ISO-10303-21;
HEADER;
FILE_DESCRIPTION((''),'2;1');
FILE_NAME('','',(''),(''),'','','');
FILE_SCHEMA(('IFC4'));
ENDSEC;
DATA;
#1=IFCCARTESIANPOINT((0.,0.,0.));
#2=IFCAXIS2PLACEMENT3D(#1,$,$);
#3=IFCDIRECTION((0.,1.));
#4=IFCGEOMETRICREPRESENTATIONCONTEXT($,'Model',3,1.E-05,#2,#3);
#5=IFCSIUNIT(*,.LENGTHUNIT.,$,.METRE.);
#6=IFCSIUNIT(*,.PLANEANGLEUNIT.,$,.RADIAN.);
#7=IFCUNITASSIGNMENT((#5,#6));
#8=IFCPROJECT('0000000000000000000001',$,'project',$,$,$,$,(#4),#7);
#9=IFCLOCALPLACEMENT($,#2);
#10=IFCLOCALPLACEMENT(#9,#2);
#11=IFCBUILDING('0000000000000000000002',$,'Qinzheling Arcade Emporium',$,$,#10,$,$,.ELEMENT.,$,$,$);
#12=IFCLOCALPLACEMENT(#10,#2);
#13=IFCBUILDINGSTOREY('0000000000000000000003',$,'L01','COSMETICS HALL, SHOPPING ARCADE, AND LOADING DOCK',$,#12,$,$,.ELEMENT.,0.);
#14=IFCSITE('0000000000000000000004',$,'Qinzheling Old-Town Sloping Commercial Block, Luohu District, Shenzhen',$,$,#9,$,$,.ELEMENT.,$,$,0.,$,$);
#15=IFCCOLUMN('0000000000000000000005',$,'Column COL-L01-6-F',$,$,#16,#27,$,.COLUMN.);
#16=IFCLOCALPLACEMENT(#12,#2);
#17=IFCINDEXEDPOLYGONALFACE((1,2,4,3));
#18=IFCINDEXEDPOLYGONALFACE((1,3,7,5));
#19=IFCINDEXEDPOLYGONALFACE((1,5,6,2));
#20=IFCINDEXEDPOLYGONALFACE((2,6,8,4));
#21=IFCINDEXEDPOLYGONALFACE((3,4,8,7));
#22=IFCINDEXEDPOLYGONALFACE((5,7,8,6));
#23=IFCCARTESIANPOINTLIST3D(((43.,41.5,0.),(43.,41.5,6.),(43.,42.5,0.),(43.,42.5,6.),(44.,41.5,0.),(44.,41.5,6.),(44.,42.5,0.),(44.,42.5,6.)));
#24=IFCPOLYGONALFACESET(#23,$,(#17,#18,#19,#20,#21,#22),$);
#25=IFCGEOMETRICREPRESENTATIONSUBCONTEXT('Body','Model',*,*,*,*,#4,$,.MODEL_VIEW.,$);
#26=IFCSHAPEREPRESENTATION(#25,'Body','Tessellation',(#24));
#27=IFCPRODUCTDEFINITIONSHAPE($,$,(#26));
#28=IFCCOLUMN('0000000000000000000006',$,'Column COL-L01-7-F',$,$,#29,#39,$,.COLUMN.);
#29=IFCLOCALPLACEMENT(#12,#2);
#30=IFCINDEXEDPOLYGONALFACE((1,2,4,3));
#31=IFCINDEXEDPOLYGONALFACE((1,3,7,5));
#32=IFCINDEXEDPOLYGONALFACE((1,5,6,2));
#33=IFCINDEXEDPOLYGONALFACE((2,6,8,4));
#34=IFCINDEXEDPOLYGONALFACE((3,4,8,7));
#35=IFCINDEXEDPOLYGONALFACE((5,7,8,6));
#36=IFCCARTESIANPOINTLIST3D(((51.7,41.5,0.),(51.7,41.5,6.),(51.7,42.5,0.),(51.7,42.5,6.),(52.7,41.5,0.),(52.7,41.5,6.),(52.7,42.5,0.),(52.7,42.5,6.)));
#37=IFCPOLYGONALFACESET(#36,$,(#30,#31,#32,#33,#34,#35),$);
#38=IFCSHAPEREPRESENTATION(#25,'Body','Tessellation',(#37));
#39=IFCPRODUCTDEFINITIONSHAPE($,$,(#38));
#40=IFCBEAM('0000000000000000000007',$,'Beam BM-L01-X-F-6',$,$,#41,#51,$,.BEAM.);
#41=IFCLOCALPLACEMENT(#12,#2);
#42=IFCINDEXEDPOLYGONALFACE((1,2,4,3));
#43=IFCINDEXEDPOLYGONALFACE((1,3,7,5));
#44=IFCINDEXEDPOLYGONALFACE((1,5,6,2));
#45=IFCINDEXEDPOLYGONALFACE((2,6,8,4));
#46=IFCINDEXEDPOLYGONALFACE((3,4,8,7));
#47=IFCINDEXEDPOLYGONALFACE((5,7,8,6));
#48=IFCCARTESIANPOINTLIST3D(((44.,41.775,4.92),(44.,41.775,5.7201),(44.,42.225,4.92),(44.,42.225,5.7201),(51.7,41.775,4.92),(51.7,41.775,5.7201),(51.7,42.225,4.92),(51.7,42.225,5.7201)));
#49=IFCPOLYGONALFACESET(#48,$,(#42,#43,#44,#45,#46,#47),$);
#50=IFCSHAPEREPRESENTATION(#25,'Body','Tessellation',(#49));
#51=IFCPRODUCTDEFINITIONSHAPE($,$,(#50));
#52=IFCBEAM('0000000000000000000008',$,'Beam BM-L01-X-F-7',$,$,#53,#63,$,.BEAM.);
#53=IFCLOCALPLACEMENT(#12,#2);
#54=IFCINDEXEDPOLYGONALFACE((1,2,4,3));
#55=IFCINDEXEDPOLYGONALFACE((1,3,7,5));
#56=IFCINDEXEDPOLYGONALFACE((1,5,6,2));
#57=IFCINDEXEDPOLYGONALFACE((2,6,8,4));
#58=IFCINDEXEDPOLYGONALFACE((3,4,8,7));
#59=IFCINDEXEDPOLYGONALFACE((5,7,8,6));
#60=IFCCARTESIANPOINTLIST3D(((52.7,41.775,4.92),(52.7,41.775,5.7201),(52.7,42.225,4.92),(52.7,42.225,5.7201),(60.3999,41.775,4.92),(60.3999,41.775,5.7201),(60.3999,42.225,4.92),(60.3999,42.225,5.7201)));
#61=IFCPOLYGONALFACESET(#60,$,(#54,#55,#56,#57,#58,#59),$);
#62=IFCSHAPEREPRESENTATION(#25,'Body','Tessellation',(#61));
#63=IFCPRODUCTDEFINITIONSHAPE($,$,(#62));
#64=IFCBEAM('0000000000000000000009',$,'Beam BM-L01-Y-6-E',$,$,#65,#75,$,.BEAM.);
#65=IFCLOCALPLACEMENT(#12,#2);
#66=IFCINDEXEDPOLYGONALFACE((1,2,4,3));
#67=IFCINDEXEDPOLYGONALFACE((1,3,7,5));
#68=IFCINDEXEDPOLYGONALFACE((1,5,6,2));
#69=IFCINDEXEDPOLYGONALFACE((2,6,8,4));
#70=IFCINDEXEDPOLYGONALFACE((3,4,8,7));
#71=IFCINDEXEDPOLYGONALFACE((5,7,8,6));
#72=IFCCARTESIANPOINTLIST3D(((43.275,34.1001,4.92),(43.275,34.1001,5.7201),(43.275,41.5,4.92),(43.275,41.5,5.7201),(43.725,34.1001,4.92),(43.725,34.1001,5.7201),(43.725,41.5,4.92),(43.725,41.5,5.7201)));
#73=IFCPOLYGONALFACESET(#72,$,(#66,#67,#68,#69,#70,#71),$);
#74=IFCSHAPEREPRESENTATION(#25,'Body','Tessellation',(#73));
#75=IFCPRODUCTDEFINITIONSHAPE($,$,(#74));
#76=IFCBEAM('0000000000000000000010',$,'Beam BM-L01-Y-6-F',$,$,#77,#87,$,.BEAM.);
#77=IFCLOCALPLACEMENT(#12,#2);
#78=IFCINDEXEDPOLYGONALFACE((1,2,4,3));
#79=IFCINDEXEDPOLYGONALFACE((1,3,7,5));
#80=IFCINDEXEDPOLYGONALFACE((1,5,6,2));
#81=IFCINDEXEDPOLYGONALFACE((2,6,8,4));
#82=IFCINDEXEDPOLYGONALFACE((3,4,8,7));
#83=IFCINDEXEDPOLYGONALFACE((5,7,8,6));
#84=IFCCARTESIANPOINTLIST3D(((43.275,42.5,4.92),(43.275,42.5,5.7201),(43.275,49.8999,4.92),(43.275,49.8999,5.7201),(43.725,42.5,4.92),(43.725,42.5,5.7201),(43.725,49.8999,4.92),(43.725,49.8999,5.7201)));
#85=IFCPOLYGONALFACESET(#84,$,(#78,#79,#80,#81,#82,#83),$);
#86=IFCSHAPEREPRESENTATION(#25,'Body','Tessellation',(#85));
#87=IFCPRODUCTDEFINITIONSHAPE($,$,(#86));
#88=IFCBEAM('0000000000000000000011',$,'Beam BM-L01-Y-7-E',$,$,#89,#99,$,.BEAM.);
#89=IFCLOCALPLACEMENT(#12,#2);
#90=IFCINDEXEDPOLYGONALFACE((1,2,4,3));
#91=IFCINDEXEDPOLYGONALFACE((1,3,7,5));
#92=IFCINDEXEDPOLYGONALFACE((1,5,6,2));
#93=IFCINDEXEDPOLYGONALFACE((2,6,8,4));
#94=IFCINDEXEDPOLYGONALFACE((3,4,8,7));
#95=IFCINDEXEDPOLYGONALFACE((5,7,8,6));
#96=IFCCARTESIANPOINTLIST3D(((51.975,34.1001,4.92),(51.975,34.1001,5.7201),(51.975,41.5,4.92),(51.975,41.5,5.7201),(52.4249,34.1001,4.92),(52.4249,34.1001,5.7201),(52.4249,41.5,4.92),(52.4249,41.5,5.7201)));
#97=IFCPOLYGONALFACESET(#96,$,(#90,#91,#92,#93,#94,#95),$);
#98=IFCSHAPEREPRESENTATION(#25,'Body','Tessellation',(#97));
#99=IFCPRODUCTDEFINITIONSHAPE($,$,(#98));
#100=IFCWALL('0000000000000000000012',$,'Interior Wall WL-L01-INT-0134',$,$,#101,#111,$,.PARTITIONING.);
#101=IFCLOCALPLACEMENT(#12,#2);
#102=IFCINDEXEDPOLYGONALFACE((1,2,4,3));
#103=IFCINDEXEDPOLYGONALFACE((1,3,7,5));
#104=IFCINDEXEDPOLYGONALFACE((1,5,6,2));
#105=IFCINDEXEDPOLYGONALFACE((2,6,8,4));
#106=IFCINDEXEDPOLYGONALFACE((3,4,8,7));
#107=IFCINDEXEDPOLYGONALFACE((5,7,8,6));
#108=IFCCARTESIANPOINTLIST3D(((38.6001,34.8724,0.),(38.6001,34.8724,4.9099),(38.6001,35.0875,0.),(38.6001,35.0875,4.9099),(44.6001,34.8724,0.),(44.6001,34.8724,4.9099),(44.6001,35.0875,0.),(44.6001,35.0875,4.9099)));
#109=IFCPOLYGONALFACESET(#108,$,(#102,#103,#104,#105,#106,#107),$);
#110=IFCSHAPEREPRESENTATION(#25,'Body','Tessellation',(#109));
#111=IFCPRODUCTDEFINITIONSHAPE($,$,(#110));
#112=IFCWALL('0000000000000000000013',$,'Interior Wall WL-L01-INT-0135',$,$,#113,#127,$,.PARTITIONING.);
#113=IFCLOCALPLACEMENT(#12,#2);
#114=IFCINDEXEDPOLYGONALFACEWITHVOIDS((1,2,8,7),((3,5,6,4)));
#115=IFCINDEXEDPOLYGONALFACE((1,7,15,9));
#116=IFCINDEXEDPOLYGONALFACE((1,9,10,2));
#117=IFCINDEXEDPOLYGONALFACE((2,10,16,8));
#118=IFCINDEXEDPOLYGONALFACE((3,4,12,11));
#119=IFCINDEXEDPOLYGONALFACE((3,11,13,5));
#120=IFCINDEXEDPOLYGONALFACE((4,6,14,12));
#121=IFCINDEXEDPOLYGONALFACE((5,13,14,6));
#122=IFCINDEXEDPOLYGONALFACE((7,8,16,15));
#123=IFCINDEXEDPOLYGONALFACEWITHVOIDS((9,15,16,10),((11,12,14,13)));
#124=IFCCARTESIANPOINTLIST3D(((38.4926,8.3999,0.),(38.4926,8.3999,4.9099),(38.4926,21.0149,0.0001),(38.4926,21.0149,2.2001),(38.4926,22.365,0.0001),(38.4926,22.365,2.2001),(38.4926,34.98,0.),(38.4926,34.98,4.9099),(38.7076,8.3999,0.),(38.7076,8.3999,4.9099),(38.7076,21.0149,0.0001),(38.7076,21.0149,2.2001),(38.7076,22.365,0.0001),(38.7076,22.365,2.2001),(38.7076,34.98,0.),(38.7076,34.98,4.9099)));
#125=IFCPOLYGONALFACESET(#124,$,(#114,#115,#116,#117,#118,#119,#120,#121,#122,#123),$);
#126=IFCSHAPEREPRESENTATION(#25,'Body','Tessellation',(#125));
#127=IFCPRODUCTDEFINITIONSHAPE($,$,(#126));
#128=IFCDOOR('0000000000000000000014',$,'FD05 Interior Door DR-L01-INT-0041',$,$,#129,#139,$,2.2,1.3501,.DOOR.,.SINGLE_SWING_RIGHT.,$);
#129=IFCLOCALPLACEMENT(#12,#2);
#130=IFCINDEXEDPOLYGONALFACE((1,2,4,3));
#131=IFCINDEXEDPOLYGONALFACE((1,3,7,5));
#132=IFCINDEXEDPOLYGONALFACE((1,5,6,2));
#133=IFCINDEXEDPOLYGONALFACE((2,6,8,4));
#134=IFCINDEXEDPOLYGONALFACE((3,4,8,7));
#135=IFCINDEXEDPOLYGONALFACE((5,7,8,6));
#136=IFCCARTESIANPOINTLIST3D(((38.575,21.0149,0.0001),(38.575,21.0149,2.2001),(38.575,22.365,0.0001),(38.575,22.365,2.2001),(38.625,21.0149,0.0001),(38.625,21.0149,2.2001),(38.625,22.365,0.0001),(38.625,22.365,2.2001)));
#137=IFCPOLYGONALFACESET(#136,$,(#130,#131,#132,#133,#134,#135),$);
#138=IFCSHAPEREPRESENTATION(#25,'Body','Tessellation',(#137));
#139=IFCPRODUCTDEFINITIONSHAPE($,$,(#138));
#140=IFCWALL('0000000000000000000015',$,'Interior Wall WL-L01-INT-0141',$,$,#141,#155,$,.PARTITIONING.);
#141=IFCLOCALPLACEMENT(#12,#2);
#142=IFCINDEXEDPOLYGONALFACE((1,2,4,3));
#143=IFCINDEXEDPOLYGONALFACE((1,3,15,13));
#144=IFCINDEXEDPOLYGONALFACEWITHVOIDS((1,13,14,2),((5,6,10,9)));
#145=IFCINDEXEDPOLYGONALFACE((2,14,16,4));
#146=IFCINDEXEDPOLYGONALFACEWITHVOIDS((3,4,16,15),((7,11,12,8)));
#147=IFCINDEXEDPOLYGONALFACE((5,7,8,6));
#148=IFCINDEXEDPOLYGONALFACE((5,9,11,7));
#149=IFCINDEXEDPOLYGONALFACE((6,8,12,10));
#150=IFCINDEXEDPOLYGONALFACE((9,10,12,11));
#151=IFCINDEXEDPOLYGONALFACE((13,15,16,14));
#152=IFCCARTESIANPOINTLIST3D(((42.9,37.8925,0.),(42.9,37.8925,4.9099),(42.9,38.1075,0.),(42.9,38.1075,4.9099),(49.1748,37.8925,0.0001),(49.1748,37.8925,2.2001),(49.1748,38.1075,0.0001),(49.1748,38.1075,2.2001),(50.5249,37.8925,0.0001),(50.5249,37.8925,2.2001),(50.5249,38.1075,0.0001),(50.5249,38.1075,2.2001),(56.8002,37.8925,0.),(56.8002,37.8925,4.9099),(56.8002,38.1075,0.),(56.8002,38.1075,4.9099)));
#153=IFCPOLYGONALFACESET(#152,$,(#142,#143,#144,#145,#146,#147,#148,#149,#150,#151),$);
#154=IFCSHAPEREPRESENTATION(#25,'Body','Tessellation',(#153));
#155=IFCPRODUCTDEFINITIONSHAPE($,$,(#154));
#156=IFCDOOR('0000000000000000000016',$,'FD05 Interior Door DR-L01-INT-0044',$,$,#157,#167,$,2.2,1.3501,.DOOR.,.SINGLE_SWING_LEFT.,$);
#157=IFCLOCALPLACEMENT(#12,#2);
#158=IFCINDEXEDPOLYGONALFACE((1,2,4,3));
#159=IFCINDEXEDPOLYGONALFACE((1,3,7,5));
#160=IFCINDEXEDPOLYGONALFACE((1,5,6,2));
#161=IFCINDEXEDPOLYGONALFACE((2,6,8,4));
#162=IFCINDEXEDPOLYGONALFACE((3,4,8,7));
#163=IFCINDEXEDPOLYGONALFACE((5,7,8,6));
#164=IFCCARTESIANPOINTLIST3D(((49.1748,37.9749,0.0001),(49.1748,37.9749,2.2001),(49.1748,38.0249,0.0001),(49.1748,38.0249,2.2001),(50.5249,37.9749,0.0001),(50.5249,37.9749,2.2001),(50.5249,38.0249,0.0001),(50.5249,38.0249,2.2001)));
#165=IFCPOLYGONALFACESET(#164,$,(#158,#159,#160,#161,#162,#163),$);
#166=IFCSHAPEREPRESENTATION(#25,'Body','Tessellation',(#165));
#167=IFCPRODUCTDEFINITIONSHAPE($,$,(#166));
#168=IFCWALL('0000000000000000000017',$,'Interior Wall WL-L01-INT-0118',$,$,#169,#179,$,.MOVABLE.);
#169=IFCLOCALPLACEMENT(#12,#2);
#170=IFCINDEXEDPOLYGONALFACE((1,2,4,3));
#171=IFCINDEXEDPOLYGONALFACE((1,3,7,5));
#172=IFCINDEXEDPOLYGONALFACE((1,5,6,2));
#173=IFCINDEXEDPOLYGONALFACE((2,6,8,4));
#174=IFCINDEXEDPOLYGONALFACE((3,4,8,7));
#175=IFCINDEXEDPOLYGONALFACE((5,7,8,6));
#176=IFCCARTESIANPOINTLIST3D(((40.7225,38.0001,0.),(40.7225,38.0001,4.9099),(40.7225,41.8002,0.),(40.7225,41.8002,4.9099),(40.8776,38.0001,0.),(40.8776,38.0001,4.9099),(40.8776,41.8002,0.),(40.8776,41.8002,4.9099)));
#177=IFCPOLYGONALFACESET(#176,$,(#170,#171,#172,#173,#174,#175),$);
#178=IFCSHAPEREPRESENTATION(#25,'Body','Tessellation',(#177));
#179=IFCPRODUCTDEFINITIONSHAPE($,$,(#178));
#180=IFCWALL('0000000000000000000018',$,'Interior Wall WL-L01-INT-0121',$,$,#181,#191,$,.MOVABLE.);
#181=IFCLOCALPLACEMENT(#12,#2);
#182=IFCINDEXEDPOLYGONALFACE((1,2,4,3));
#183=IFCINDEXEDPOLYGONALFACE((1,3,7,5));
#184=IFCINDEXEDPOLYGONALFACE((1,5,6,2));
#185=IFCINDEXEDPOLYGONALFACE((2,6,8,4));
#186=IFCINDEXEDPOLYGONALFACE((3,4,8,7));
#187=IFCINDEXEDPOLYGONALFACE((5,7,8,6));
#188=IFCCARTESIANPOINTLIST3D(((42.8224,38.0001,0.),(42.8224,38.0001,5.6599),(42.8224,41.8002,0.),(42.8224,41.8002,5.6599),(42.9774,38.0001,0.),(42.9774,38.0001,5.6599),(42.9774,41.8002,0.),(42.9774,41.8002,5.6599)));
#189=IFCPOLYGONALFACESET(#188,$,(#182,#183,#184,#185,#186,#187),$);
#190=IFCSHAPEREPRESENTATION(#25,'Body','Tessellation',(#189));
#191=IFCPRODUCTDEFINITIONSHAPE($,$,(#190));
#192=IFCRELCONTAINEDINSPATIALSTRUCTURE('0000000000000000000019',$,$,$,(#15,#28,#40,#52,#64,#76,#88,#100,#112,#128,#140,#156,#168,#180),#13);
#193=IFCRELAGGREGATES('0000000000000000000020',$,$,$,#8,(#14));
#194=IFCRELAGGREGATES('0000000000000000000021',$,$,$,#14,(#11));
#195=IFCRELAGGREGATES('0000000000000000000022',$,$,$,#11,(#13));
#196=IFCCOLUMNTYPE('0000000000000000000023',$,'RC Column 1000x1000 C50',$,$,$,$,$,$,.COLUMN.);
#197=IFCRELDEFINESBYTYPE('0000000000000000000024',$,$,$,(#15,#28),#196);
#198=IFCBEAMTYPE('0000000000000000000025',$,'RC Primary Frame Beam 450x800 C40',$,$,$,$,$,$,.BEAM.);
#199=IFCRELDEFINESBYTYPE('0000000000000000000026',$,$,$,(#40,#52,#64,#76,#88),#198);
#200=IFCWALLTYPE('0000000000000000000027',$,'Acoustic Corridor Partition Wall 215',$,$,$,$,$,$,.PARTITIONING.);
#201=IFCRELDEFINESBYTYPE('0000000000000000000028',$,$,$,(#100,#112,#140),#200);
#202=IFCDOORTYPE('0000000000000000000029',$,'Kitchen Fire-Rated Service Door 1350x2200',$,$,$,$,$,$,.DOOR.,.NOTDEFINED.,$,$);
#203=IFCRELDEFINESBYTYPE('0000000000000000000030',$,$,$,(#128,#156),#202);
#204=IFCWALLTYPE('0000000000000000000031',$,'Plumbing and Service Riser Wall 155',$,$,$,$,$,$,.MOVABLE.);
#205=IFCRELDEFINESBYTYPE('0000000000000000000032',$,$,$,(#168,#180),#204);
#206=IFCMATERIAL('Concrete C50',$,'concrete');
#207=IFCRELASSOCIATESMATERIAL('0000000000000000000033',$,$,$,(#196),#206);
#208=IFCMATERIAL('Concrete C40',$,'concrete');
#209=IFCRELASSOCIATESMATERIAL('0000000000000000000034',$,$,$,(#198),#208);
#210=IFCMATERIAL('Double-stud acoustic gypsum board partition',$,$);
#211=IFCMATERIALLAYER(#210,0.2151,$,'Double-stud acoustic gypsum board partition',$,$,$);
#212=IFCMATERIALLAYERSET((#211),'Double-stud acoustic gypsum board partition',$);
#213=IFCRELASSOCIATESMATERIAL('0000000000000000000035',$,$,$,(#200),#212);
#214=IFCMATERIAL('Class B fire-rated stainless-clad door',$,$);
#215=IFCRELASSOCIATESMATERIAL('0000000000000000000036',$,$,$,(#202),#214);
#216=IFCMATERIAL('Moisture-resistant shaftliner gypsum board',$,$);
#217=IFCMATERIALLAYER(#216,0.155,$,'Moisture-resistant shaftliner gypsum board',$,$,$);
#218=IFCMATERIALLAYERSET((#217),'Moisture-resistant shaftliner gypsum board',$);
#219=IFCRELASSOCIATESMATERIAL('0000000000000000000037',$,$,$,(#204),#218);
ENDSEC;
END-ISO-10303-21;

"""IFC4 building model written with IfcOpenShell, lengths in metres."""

from ifc_helpers import new_model, si_unit, direction, frame, frame_2d, origin, origin_2d, place, context, subcontext, project, spatial, rectangle, extrude, material, layer, layer_set, material_profile, profile_set, type_object, element, fill, save


model = new_model("IFC4")

# Units and contexts
model_context = context("Model", 3, precision=1e-05, world=origin(), true_north=direction((0.0, 1.0)))
body_context = subcontext(model_context, "Body", "Model", "MODEL_VIEW")
ifc_project = project(units=[si_unit("LENGTHUNIT", "METRE"), si_unit("PLANEANGLEUNIT", "RADIAN")], contexts=[model_context])

# Site, building, storey
site_placement = place(None, origin())
site = spatial("IfcSite", under=ifc_project, at=site_placement, Name="Qinzheling Old-Town Sloping Commercial Block, Luohu District, Shenzhen", CompositionType="ELEMENT", RefElevation=0.0)
building_placement = place(site_placement, origin())
building = spatial("IfcBuilding", under=site, at=building_placement, Name="Qinzheling Arcade Emporium", CompositionType="ELEMENT")
storey_placement = place(building_placement, origin())
storey = spatial("IfcBuildingStorey", under=building, at=storey_placement, Name="L01", Description="COSMETICS HALL, SHOPPING ARCADE, AND LOADING DOCK", CompositionType="ELEMENT", Elevation=0.0)

# Columns
ifc_material_1 = material(Name="Concrete C50", Category="concrete")
ifc_material_profile_1 = material_profile(ifc_material_1, rectangle(XDim=1.0, YDim=1.0, at=origin_2d()), Name="RC 1000x1000", Category="concrete")
ifc_profile_set_1 = profile_set([ifc_material_profile_1], Name="Concrete C50")
column_type = type_object("IfcColumnType", Name="RC Column 1000x1000 C50", PredefinedType="COLUMN", material=ifc_profile_set_1)
for number, where, z_axis, x_axis, name in (
    (1, (43.5, 42.0, 0.0), (0.0, 0.0, 1.0), (1.0, 0.0, 0.0), "Column COL-L01-6-F"),
    (2, (52.2, 42.0, 0.0), (0.0, 0.0, 1.0), (1.0, 0.0, 0.0), "Column COL-L01-7-F"),
):
    element("IfcColumn", number, at=place(storey_placement, frame(where, z_axis=z_axis, x_axis=x_axis)), inside=storey, type_object=column_type, Name=name, PredefinedType="COLUMN", context=body_context, shape_type="SweptSolid", body=[
        extrude(rectangle(XDim=1.0, YDim=1.0, at=origin_2d()), origin(), (0.0, 0.0, 1.0), 6.0),
    ])

# Beams
ifc_material_2 = material(Name="Concrete C40", Category="concrete")
ifc_material_profile_2 = material_profile(ifc_material_2, rectangle(XDim=0.45, YDim=0.8, at=origin_2d()), Name="RC 450x800", Category="concrete")
ifc_profile_set_2 = profile_set([ifc_material_profile_2], Name="Concrete C40")
beam_type = type_object("IfcBeamType", Name="RC Primary Frame Beam 450x800 C40", PredefinedType="BEAM", material=ifc_profile_set_2)
for number, where, z_axis, x_axis, name in (
    (3, (44.0, 42.0, 5.3201), (1.0, 0.0, 0.0), (0.0, 1.0, 0.0), "Beam BM-L01-X-F-6"),
    (4, (52.7, 42.0, 5.3201), (1.0, 0.0, 0.0), (0.0, 1.0, 0.0), "Beam BM-L01-X-F-7"),
):
    element("IfcBeam", number, at=place(storey_placement, frame(where, z_axis=z_axis, x_axis=x_axis)), inside=storey, type_object=beam_type, Name=name, PredefinedType="BEAM", context=body_context, shape_type="SweptSolid", body=[
        extrude(rectangle(XDim=0.45, YDim=0.8, at=origin_2d()), origin(), (0.0, 0.0, 1.0), 7.7),
    ])
for number, where, z_axis, x_axis, name in (
    (5, (43.5, 34.1001, 5.3201), (0.0, 1.0, 0.0), (-1.0, 0.0, 0.0), "Beam BM-L01-Y-6-E"),
    (6, (43.5, 42.5, 5.3201), (0.0, 1.0, 0.0), (-1.0, 0.0, 0.0), "Beam BM-L01-Y-6-F"),
    (7, (52.2, 34.1001, 5.3201), (0.0, 1.0, 0.0), (-1.0, 0.0, 0.0), "Beam BM-L01-Y-7-E"),
):
    element("IfcBeam", number, at=place(storey_placement, frame(where, z_axis=z_axis, x_axis=x_axis)), inside=storey, type_object=beam_type, Name=name, PredefinedType="BEAM", context=body_context, shape_type="SweptSolid", body=[
        extrude(rectangle(XDim=0.45, YDim=0.8, at=origin_2d()), origin(), (0.0, 0.0, 1.0), 7.3999),
    ])

# Wall
ifc_material_3 = material(Name="Double-stud acoustic gypsum board partition")
ifc_layer_1 = layer(ifc_material_3, 0.2151, Name="Double-stud acoustic gypsum board partition")
ifc_layer_set_1 = layer_set([ifc_layer_1], Name="Double-stud acoustic gypsum board partition")
wall_type_1 = type_object("IfcWallType", Name="Acoustic Corridor Partition Wall 215", PredefinedType="PARTITIONING", material=ifc_layer_set_1)
wall_1_placement = place(storey_placement, frame((44.6001, 34.98, 0.0), z_axis=(0.0, 0.0, 1.0), x_axis=(-1.0, 0.0, 0.0)))
element("IfcWall", 8, at=wall_1_placement, inside=storey, type_object=wall_type_1, Name="Interior Wall WL-L01-INT-0134", PredefinedType="PARTITIONING", context=body_context, shape_type="SweptSolid", body=[
    extrude(rectangle(XDim=6.0, YDim=0.2151, at=frame_2d((3.0, 0.0))), origin(), (0.0, 0.0, 1.0), 4.9099),
])

# Walls, openings, doors
wall_2_placement = place(storey_placement, frame((38.6001, 34.98, 0.0), z_axis=(0.0, 0.0, 1.0), x_axis=(0.0, -1.0, 0.0)))
wall_2 = element("IfcWall", 9, at=wall_2_placement, inside=storey, type_object=wall_type_1, Name="Interior Wall WL-L01-INT-0135", PredefinedType="PARTITIONING", context=body_context, shape_type="SweptSolid", body=[
    extrude(rectangle(XDim=26.5801, YDim=0.2151, at=frame_2d((13.29, 0.0))), origin(), (0.0, 0.0, 1.0), 4.9099),
])
opening_1_placement = place(wall_2_placement, frame((12.615, 0.0, 0.0)))
opening_1 = element("IfcOpeningElement", 10, at=opening_1_placement, cuts=wall_2, PredefinedType="OPENING", context=body_context, shape_type="SweptSolid", body=[
    extrude(rectangle(XDim=1.3501, YDim=2.2, at=frame_2d((0.675, 1.1001))), frame((0.0, 0.1177, 0.0), z_axis=(0.0, -1.0, 0.0), x_axis=(1.0, 0.0, 0.0)), (0.0, 0.0, 1.0), 0.2351),
])
ifc_material_4 = material(Name="Class B fire-rated stainless-clad door")
door_type_1 = type_object("IfcDoorType", Name="Kitchen Fire-Rated Service Door 1350x2200", OperationType="NOTDEFINED", PredefinedType="DOOR", material=ifc_material_4)
door_1_placement = place(opening_1_placement, origin())
door_1 = element("IfcDoor", 11, at=door_1_placement, inside=storey, type_object=door_type_1, Name="FD05 Interior Door DR-L01-INT-0041", OperationType="SINGLE_SWING_RIGHT", OverallHeight=2.2, OverallWidth=1.3501, PredefinedType="DOOR", context=body_context, shape_type="SweptSolid", body=[
    extrude(rectangle(XDim=1.3501, YDim=2.2, at=frame_2d((0.675, 1.1001))), frame((0.0, 0.0249, 0.0), z_axis=(0.0, -1.0, 0.0), x_axis=(1.0, 0.0, 0.0)), (0.0, 0.0, 1.0), 0.05),
])
fill(opening_1, door_1)
wall_3_placement = place(storey_placement, frame((42.8999, 38.0, 0.0), z_axis=(0.0, 0.0, 1.0), x_axis=(1.0, 0.0, 0.0)))
wall_3 = element("IfcWall", 12, at=wall_3_placement, inside=storey, type_object=wall_type_1, Name="Interior Wall WL-L01-INT-0141", PredefinedType="PARTITIONING", context=body_context, shape_type="SweptSolid", body=[
    extrude(rectangle(XDim=13.9001, YDim=0.2151, at=frame_2d((6.9502, 0.0))), origin(), (0.0, 0.0, 1.0), 4.9099),
])
opening_2_placement = place(wall_3_placement, frame((6.2749, 0.0, 0.0)))
opening_2 = element("IfcOpeningElement", 13, at=opening_2_placement, cuts=wall_3, PredefinedType="OPENING", context=body_context, shape_type="SweptSolid", body=[
    extrude(rectangle(XDim=1.3501, YDim=2.2, at=frame_2d((0.675, 1.1001))), frame((0.0, 0.1177, 0.0), z_axis=(0.0, -1.0, 0.0), x_axis=(1.0, 0.0, 0.0)), (0.0, 0.0, 1.0), 0.2351),
])
door_2_placement = place(opening_2_placement, origin())
door_2 = element("IfcDoor", 14, at=door_2_placement, inside=storey, type_object=door_type_1, Name="FD05 Interior Door DR-L01-INT-0044", OperationType="SINGLE_SWING_LEFT", OverallHeight=2.2, OverallWidth=1.3501, PredefinedType="DOOR", context=body_context, shape_type="SweptSolid", body=[
    extrude(rectangle(XDim=1.3501, YDim=2.2, at=frame_2d((0.675, 1.1001))), frame((0.0, 0.0249, 0.0), z_axis=(0.0, -1.0, 0.0), x_axis=(1.0, 0.0, 0.0)), (0.0, 0.0, 1.0), 0.05),
])
fill(opening_2, door_2)

# Walls
ifc_material_5 = material(Name="Moisture-resistant shaftliner gypsum board")
ifc_layer_2 = layer(ifc_material_5, 0.155, Name="Moisture-resistant shaftliner gypsum board")
ifc_layer_set_2 = layer_set([ifc_layer_2], Name="Moisture-resistant shaftliner gypsum board")
wall_type_2 = type_object("IfcWallType", Name="Plumbing and Service Riser Wall 155", PredefinedType="MOVABLE", material=ifc_layer_set_2)
wall_4_placement = place(storey_placement, frame((40.8, 41.8, 0.0), z_axis=(0.0, 0.0, 1.0), x_axis=(0.0, -1.0, 0.0)))
element("IfcWall", 15, at=wall_4_placement, inside=storey, type_object=wall_type_2, Name="Interior Wall WL-L01-INT-0118", PredefinedType="MOVABLE", context=body_context, shape_type="SweptSolid", body=[
    extrude(rectangle(XDim=3.8, YDim=0.155, at=frame_2d((1.8999, 0.0))), origin(), (0.0, 0.0, 1.0), 4.9099),
])
wall_5_placement = place(storey_placement, frame((42.8999, 41.8, 0.0), z_axis=(0.0, 0.0, 1.0), x_axis=(0.0, -1.0, 0.0)))
element("IfcWall", 16, at=wall_5_placement, inside=storey, type_object=wall_type_2, Name="Interior Wall WL-L01-INT-0121", PredefinedType="MOVABLE", context=body_context, shape_type="SweptSolid", body=[
    extrude(rectangle(XDim=3.8, YDim=0.155, at=frame_2d((1.8999, 0.0))), origin(), (0.0, 0.0, 1.0), 5.6599),
])

save(model, "model.ifc")
